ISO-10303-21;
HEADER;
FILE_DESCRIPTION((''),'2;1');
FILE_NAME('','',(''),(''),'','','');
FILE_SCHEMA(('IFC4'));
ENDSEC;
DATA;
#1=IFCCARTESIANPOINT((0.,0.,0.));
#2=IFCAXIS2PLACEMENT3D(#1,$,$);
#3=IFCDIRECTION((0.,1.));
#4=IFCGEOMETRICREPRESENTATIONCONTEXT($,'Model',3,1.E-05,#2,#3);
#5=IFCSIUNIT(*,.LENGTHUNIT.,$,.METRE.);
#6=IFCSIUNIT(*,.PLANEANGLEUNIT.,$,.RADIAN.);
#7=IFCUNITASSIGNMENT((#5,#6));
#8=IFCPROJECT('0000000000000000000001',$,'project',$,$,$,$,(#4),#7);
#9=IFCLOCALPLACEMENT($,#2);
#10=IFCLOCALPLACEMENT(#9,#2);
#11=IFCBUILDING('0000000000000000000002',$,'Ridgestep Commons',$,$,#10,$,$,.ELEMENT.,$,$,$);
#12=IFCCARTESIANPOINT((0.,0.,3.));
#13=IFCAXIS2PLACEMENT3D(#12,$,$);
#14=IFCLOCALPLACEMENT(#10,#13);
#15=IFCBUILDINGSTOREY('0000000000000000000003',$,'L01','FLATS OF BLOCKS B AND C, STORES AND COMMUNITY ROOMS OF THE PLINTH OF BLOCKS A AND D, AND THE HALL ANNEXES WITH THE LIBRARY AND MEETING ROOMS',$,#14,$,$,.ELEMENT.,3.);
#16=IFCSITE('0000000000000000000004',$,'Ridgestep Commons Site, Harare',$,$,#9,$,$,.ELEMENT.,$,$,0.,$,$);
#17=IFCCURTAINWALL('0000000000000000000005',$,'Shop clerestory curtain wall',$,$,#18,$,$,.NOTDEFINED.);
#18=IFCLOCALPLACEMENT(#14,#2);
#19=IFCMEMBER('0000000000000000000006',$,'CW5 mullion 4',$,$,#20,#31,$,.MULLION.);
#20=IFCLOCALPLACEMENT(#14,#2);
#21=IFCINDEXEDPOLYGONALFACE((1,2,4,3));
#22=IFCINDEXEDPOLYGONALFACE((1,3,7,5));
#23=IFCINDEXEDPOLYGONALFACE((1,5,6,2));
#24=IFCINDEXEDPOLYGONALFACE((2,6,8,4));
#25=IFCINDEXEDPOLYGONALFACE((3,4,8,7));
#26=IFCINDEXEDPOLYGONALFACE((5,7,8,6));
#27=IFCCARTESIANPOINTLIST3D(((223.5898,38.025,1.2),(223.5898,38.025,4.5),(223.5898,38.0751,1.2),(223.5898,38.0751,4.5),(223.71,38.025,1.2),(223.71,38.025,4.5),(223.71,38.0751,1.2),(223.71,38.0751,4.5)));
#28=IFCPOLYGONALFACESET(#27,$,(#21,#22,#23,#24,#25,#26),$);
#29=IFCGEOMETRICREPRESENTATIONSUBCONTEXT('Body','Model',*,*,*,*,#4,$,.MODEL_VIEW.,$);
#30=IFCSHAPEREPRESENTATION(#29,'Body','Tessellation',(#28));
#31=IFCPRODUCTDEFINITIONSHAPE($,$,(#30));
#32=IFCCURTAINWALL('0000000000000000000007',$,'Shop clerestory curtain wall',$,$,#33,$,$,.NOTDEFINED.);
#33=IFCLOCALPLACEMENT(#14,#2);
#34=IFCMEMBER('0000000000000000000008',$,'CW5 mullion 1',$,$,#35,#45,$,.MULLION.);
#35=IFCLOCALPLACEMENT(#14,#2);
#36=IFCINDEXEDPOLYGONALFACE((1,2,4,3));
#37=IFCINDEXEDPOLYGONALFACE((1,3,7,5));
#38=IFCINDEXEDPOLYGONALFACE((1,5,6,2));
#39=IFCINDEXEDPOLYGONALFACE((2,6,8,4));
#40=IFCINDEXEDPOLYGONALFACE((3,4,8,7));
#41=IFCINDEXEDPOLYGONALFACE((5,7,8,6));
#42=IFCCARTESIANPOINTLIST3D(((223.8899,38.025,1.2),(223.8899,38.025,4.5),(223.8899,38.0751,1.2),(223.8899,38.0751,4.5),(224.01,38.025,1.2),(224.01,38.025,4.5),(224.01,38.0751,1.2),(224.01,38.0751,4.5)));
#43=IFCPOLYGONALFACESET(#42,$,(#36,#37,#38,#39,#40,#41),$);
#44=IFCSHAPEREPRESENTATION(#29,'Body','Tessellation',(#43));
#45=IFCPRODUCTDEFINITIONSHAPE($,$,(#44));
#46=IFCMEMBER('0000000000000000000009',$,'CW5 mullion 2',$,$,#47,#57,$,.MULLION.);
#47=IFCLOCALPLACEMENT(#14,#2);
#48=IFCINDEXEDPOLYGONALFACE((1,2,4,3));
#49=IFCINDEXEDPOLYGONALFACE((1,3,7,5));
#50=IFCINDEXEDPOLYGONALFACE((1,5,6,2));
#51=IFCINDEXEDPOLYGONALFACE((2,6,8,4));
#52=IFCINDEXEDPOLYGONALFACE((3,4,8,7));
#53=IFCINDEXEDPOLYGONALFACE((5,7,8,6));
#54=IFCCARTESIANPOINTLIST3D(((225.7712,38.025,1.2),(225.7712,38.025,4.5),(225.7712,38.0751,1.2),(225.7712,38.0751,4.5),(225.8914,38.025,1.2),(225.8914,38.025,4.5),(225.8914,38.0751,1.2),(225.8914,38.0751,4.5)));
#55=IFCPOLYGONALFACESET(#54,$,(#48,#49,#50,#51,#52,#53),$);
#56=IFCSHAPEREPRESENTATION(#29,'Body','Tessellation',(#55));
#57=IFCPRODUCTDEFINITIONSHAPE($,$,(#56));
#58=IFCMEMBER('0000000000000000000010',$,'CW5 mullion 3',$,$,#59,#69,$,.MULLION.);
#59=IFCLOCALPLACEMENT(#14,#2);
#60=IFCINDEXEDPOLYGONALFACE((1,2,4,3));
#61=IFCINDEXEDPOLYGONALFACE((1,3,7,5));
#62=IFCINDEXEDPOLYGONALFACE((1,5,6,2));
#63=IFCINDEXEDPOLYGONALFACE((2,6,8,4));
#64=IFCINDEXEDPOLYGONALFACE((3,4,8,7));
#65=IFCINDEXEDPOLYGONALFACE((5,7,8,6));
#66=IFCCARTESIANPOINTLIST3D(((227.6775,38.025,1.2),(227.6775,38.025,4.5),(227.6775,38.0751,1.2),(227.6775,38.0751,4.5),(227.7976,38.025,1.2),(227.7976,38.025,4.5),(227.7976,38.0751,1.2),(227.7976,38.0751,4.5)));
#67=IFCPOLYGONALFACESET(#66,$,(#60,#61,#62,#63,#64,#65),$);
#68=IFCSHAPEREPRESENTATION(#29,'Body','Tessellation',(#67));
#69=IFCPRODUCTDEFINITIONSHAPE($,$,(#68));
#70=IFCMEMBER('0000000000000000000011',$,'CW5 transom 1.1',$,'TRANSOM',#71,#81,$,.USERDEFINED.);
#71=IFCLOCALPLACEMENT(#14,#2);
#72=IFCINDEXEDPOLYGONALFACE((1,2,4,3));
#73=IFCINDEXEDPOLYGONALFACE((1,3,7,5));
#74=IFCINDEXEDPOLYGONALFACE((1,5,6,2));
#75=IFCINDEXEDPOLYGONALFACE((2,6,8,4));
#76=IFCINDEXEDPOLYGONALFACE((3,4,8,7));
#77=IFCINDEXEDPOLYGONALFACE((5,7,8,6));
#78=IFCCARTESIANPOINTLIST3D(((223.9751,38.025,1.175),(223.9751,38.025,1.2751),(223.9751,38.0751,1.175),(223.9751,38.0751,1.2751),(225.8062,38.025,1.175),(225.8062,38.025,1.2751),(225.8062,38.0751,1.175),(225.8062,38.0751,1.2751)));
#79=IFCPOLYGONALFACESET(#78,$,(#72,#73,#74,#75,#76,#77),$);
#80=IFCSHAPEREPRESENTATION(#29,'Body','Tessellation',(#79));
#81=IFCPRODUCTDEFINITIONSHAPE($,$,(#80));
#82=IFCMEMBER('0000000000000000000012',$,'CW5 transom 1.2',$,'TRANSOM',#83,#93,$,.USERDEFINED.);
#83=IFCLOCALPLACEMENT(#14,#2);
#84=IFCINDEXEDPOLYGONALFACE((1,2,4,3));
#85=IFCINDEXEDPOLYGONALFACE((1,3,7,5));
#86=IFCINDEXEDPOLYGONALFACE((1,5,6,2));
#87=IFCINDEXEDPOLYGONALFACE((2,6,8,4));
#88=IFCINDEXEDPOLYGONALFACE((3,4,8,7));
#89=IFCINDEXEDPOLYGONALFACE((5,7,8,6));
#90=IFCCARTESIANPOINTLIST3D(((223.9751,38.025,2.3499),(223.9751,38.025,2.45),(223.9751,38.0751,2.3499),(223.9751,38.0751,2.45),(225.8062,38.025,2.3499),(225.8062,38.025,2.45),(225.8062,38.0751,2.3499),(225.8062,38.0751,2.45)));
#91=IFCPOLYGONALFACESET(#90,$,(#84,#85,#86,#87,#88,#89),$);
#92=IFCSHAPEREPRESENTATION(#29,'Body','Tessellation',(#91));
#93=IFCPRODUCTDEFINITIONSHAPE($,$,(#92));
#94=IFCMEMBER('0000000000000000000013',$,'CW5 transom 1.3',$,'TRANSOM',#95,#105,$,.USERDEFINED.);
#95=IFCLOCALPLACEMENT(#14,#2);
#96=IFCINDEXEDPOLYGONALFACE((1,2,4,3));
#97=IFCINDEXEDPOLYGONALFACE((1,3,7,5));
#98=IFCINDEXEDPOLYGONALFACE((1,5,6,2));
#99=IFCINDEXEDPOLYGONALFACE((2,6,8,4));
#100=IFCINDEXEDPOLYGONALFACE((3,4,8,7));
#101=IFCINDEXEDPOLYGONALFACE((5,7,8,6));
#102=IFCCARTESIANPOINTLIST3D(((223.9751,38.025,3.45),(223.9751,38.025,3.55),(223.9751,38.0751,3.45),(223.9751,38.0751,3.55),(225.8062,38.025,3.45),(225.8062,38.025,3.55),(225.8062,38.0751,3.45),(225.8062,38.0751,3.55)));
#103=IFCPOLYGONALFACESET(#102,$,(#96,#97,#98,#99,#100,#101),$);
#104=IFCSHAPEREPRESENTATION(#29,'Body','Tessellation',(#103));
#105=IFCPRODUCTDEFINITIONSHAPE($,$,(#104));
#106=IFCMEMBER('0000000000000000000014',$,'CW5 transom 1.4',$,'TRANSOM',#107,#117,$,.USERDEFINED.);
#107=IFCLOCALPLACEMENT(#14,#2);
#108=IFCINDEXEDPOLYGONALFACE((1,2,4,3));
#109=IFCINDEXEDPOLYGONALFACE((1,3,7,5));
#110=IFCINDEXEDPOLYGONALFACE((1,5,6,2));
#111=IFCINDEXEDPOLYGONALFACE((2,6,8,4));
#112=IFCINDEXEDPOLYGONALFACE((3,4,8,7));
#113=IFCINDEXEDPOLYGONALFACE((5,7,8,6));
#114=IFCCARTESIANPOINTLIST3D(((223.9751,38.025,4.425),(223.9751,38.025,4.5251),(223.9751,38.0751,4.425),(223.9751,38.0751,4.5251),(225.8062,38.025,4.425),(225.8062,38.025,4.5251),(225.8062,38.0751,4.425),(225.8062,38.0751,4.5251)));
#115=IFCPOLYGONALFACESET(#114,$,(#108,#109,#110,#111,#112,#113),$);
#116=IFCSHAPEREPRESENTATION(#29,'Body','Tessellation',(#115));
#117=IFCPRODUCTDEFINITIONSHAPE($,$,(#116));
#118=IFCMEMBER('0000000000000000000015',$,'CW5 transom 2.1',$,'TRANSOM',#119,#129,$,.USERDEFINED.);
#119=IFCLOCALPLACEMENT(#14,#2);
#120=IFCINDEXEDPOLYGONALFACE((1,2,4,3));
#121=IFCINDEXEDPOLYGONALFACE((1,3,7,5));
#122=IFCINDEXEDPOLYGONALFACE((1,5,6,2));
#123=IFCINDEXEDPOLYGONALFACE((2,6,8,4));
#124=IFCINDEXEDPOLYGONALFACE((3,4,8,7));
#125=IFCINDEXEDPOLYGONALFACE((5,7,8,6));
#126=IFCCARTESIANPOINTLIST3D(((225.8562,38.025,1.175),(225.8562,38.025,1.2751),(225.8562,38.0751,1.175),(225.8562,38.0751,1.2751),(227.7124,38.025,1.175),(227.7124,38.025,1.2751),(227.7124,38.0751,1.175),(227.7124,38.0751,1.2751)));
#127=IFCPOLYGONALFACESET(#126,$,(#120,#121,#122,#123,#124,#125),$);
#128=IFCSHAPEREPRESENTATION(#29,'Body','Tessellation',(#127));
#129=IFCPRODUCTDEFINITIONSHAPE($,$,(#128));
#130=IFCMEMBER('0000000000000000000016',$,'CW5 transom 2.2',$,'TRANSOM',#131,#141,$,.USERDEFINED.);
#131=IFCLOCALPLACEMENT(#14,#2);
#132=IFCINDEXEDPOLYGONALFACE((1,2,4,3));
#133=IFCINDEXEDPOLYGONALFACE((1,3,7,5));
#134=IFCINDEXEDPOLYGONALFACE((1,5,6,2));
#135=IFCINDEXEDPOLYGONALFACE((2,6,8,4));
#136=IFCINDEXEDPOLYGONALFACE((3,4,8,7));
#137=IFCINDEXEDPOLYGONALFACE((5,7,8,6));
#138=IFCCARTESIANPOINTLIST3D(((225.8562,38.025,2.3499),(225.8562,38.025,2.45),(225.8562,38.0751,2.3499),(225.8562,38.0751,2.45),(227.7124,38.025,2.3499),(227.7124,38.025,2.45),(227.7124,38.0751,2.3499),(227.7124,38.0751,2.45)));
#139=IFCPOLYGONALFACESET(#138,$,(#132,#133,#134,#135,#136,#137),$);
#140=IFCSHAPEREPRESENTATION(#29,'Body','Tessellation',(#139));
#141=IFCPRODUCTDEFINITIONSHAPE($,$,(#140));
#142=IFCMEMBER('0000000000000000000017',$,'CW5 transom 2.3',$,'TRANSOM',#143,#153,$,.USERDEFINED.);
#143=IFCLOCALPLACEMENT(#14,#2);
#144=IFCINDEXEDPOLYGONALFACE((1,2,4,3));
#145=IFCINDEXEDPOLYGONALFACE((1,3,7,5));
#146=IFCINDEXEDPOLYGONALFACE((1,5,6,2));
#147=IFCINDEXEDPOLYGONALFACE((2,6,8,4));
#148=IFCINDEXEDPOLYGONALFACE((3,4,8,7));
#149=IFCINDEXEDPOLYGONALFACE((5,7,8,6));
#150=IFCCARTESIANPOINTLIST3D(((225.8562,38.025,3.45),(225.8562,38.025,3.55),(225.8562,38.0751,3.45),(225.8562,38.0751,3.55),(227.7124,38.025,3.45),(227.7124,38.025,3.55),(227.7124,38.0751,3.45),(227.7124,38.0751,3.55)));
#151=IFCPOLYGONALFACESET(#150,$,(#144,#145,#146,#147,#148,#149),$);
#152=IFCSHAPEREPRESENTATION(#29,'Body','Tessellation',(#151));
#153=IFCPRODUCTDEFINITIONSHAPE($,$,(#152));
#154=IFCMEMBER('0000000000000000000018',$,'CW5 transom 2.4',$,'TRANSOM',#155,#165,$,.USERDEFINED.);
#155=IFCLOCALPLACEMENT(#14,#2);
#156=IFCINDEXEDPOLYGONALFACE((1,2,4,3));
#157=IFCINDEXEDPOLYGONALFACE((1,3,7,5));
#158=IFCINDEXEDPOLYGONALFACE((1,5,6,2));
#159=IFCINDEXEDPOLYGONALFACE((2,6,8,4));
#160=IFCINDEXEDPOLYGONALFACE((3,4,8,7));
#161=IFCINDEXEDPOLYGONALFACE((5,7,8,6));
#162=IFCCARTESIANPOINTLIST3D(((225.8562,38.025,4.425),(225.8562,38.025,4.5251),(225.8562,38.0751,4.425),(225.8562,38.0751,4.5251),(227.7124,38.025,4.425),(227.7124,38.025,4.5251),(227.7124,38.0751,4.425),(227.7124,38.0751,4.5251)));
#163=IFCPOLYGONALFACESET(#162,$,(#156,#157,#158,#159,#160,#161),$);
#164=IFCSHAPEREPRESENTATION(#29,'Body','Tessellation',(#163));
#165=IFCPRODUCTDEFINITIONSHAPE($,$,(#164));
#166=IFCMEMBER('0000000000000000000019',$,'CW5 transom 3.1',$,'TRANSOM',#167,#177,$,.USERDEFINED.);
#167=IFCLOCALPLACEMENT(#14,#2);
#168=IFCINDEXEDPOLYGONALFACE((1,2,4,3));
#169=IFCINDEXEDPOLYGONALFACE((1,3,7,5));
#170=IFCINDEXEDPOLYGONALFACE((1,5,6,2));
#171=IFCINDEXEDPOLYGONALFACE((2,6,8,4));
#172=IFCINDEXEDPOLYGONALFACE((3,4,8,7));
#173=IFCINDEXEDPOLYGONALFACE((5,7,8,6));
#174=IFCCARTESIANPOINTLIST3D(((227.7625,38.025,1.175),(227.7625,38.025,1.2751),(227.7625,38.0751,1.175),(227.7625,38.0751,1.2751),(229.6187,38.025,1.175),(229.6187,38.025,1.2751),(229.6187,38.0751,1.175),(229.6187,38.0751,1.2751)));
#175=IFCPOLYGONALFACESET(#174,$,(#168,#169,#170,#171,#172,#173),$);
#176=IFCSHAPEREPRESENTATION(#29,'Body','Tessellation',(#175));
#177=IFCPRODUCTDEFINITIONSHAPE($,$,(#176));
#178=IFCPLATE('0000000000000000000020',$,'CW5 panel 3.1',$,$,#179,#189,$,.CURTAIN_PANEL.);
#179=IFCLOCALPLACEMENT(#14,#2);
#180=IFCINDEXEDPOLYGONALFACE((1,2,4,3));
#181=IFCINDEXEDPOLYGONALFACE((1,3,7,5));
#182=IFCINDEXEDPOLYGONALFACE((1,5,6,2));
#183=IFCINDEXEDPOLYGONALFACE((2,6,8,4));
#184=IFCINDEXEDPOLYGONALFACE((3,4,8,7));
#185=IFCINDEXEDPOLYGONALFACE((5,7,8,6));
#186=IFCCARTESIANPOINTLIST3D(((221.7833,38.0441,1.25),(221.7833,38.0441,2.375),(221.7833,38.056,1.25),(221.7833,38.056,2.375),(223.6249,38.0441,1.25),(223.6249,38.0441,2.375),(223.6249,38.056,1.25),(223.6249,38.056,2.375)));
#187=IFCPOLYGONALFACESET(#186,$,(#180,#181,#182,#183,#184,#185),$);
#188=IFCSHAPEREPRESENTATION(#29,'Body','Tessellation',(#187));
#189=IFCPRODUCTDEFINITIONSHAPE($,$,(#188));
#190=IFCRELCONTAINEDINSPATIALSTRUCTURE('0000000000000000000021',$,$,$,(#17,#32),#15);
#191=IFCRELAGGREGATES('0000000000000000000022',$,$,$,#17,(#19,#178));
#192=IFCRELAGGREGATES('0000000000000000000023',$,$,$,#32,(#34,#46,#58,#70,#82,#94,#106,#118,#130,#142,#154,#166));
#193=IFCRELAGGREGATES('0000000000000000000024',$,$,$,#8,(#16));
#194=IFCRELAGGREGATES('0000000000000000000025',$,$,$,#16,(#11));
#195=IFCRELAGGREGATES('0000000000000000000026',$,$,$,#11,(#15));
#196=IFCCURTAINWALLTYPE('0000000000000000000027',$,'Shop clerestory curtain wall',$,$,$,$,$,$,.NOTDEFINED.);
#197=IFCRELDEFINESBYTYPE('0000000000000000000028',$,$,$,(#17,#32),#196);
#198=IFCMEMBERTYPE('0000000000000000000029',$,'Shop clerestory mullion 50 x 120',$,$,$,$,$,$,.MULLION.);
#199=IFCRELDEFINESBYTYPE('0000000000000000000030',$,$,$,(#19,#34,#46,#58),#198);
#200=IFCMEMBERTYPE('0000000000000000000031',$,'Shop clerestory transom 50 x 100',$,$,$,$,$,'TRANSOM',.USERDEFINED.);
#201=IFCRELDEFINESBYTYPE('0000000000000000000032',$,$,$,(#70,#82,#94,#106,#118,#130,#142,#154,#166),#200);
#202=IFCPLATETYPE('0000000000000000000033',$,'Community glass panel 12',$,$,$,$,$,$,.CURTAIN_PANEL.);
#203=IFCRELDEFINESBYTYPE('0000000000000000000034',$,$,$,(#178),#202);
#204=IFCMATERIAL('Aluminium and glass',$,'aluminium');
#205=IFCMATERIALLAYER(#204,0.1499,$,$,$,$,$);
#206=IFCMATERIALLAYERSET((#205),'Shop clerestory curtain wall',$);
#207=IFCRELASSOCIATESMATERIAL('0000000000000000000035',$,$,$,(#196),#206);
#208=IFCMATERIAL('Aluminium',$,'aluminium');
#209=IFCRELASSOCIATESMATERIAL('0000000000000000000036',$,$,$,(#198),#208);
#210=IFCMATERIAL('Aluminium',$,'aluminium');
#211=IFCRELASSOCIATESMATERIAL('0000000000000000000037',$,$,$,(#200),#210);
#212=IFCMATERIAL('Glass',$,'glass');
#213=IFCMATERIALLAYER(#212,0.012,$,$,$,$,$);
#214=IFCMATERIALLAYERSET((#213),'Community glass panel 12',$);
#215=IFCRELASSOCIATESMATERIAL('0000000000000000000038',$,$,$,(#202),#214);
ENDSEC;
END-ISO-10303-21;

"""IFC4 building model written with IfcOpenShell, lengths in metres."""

from ifc_helpers import new_model, si_unit, direction, frame, origin, origin_2d, place, context, subcontext, project, spatial, rectangle, extrude, material, layer, layer_set, material_profile, profile_set, type_object, element, aggregate, save


model = new_model("IFC4")

# Units and contexts
model_context = context("Model", 3, precision=1e-05, world=origin(), true_north=direction((0.0, 1.0)))
body_context = subcontext(model_context, "Body", "Model", "MODEL_VIEW")
ifc_project = project(units=[si_unit("LENGTHUNIT", "METRE"), si_unit("PLANEANGLEUNIT", "RADIAN")], contexts=[model_context])

# Site, building, storey
site_placement = place(None, origin())
site = spatial("IfcSite", under=ifc_project, at=site_placement, Name="Ridgestep Commons Site, Harare", CompositionType="ELEMENT", RefElevation=0.0)
building_placement = place(site_placement, origin())
building = spatial("IfcBuilding", under=site, at=building_placement, Name="Ridgestep Commons", CompositionType="ELEMENT")
storey_placement = place(building_placement, frame((0.0, 0.0, 3.0)))
storey = spatial("IfcBuildingStorey", under=building, at=storey_placement, Name="L01", Description="FLATS OF BLOCKS B AND C, STORES AND COMMUNITY ROOMS OF THE PLINTH OF BLOCKS A AND D, AND THE HALL ANNEXES WITH THE LIBRARY AND MEETING ROOMS", CompositionType="ELEMENT", Elevation=3.0)

# Curtain wall, member
ifc_material_1 = material(Name="Aluminium and glass", Category="aluminium")
ifc_layer_1 = layer(ifc_material_1, 0.1499)
ifc_layer_set_1 = layer_set([ifc_layer_1], Name="Shop clerestory curtain wall")
curtain_wall_type = type_object("IfcCurtainWallType", Name="Shop clerestory curtain wall", PredefinedType="NOTDEFINED", material=ifc_layer_set_1)
curtain_wall_1_placement = place(storey_placement, origin())
curtain_wall_1 = element("IfcCurtainWall", 1, at=curtain_wall_1_placement, inside=storey, type_object=curtain_wall_type, Name="Shop clerestory curtain wall", PredefinedType="NOTDEFINED")
ifc_material_2 = material(Name="Aluminium", Category="aluminium")
ifc_material_profile_1 = material_profile(ifc_material_2, rectangle(XDim=0.05, YDim=0.1201, at=origin_2d()), Name="Shop clerestory mullion 50 x 120")
ifc_profile_set_1 = profile_set([ifc_material_profile_1], Name="Aluminium")
member_type_1 = type_object("IfcMemberType", Name="Shop clerestory mullion 50 x 120", PredefinedType="MULLION", material=ifc_profile_set_1)
member_1_placement = place(storey_placement, frame((223.6499, 38.05, 1.2), z_axis=(0.0, 0.0, 1.0), x_axis=(0.0, 1.0, 0.0)))
member_1 = element("IfcMember", 2, at=member_1_placement, type_object=member_type_1, Name="CW5 mullion 4", PredefinedType="MULLION", context=body_context, shape_type="SweptSolid", body=[
    extrude(rectangle(XDim=0.05, YDim=0.1201, at=origin_2d()), origin(), (0.0, 0.0, 1.0), 3.3),
])

# Curtain wall, members
curtain_wall_2_placement = place(storey_placement, origin())
curtain_wall_2 = element("IfcCurtainWall", 3, at=curtain_wall_2_placement, inside=storey, type_object=curtain_wall_type, Name="Shop clerestory curtain wall", PredefinedType="NOTDEFINED")
member_2_placement = place(storey_placement, frame((223.95, 38.05, 1.2), z_axis=(0.0, 0.0, 1.0), x_axis=(0.0, 1.0, 0.0)))
member_2 = element("IfcMember", 4, at=member_2_placement, type_object=member_type_1, Name="CW5 mullion 1", PredefinedType="MULLION", context=body_context, shape_type="SweptSolid", body=[
    extrude(rectangle(XDim=0.05, YDim=0.1201, at=origin_2d()), origin(), (0.0, 0.0, 1.0), 3.3),
])
member_3_placement = place(storey_placement, frame((225.8313, 38.05, 1.2), z_axis=(0.0, 0.0, 1.0), x_axis=(0.0, 1.0, 0.0)))
member_3 = element("IfcMember", 5, at=member_3_placement, type_object=member_type_1, Name="CW5 mullion 2", PredefinedType="MULLION", context=body_context, shape_type="SweptSolid", body=[
    extrude(rectangle(XDim=0.05, YDim=0.1201, at=origin_2d()), origin(), (0.0, 0.0, 1.0), 3.3),
])
member_4_placement = place(storey_placement, frame((227.7375, 38.05, 1.2), z_axis=(0.0, 0.0, 1.0), x_axis=(0.0, 1.0, 0.0)))
member_4 = element("IfcMember", 6, at=member_4_placement, type_object=member_type_1, Name="CW5 mullion 3", PredefinedType="MULLION", context=body_context, shape_type="SweptSolid", body=[
    extrude(rectangle(XDim=0.05, YDim=0.1201, at=origin_2d()), origin(), (0.0, 0.0, 1.0), 3.3),
])
ifc_material_3 = material(Name="Aluminium", Category="aluminium")
ifc_material_profile_2 = material_profile(ifc_material_3, rectangle(XDim=0.05, YDim=0.1001, at=origin_2d()), Name="Shop clerestory transom 50 x 100")
ifc_profile_set_2 = profile_set([ifc_material_profile_2], Name="Aluminium")
member_type_2 = type_object("IfcMemberType", Name="Shop clerestory transom 50 x 100", ElementType="TRANSOM", PredefinedType="USERDEFINED", material=ifc_profile_set_2)
member_5_placement = place(storey_placement, frame((223.9751, 38.05, 1.2251), z_axis=(1.0, 0.0, 0.0), x_axis=(0.0, 1.0, 0.0)))
member_5 = element("IfcMember", 7, at=member_5_placement, type_object=member_type_2, Name="CW5 transom 1.1", ObjectType="TRANSOM", PredefinedType="USERDEFINED", context=body_context, shape_type="SweptSolid", body=[
    extrude(rectangle(XDim=0.05, YDim=0.1001, at=origin_2d()), origin(), (0.0, 0.0, 1.0), 1.8311),
])
member_6_placement = place(storey_placement, frame((223.9751, 38.05, 2.3999), z_axis=(1.0, 0.0, 0.0), x_axis=(0.0, 1.0, 0.0)))
member_6 = element("IfcMember", 8, at=member_6_placement, type_object=member_type_2, Name="CW5 transom 1.2", ObjectType="TRANSOM", PredefinedType="USERDEFINED", context=body_context, shape_type="SweptSolid", body=[
    extrude(rectangle(XDim=0.05, YDim=0.1001, at=origin_2d()), origin(), (0.0, 0.0, 1.0), 1.8311),
])
member_7_placement = place(storey_placement, frame((223.9751, 38.05, 3.5), z_axis=(1.0, 0.0, 0.0), x_axis=(0.0, 1.0, 0.0)))
member_7 = element("IfcMember", 9, at=member_7_placement, type_object=member_type_2, Name="CW5 transom 1.3", ObjectType="TRANSOM", PredefinedType="USERDEFINED", context=body_context, shape_type="SweptSolid", body=[
    extrude(rectangle(XDim=0.05, YDim=0.1001, at=origin_2d()), origin(), (0.0, 0.0, 1.0), 1.8311),
])
member_8_placement = place(storey_placement, frame((223.9751, 38.05, 4.4751), z_axis=(1.0, 0.0, 0.0), x_axis=(0.0, 1.0, 0.0)))
member_8 = element("IfcMember", 10, at=member_8_placement, type_object=member_type_2, Name="CW5 transom 1.4", ObjectType="TRANSOM", PredefinedType="USERDEFINED", context=body_context, shape_type="SweptSolid", body=[
    extrude(rectangle(XDim=0.05, YDim=0.1001, at=origin_2d()), origin(), (0.0, 0.0, 1.0), 1.8311),
])
member_9_placement = place(storey_placement, frame((225.8562, 38.05, 1.2251), z_axis=(1.0, 0.0, 0.0), x_axis=(0.0, 1.0, 0.0)))
member_9 = element("IfcMember", 11, at=member_9_placement, type_object=member_type_2, Name="CW5 transom 2.1", ObjectType="TRANSOM", PredefinedType="USERDEFINED", context=body_context, shape_type="SweptSolid", body=[
    extrude(rectangle(XDim=0.05, YDim=0.1001, at=origin_2d()), origin(), (0.0, 0.0, 1.0), 1.8562),
])
member_10_placement = place(storey_placement, frame((225.8562, 38.05, 2.3999), z_axis=(1.0, 0.0, 0.0), x_axis=(0.0, 1.0, 0.0)))
member_10 = element("IfcMember", 12, at=member_10_placement, type_object=member_type_2, Name="CW5 transom 2.2", ObjectType="TRANSOM", PredefinedType="USERDEFINED", context=body_context, shape_type="SweptSolid", body=[
    extrude(rectangle(XDim=0.05, YDim=0.1001, at=origin_2d()), origin(), (0.0, 0.0, 1.0), 1.8562),
])
member_11_placement = place(storey_placement, frame((225.8562, 38.05, 3.5), z_axis=(1.0, 0.0, 0.0), x_axis=(0.0, 1.0, 0.0)))
member_11 = element("IfcMember", 13, at=member_11_placement, type_object=member_type_2, Name="CW5 transom 2.3", ObjectType="TRANSOM", PredefinedType="USERDEFINED", context=body_context, shape_type="SweptSolid", body=[
    extrude(rectangle(XDim=0.05, YDim=0.1001, at=origin_2d()), origin(), (0.0, 0.0, 1.0), 1.8562),
])
member_12_placement = place(storey_placement, frame((225.8562, 38.05, 4.4751), z_axis=(1.0, 0.0, 0.0), x_axis=(0.0, 1.0, 0.0)))
member_12 = element("IfcMember", 14, at=member_12_placement, type_object=member_type_2, Name="CW5 transom 2.4", ObjectType="TRANSOM", PredefinedType="USERDEFINED", context=body_context, shape_type="SweptSolid", body=[
    extrude(rectangle(XDim=0.05, YDim=0.1001, at=origin_2d()), origin(), (0.0, 0.0, 1.0), 1.8562),
])
member_13_placement = place(storey_placement, frame((227.7625, 38.05, 1.2251), z_axis=(1.0, 0.0, 0.0), x_axis=(0.0, 1.0, 0.0)))
member_13 = element("IfcMember", 15, at=member_13_placement, type_object=member_type_2, Name="CW5 transom 3.1", ObjectType="TRANSOM", PredefinedType="USERDEFINED", context=body_context, shape_type="SweptSolid", body=[
    extrude(rectangle(XDim=0.05, YDim=0.1001, at=origin_2d()), origin(), (0.0, 0.0, 1.0), 1.8562),
])

# Plate
ifc_material_4 = material(Name="Glass", Category="glass")
ifc_layer_2 = layer(ifc_material_4, 0.012)
ifc_layer_set_2 = layer_set([ifc_layer_2], Name="Community glass panel 12")
plate_type = type_object("IfcPlateType", Name="Community glass panel 12", PredefinedType="CURTAIN_PANEL", material=ifc_layer_set_2)
plate_1_placement = place(storey_placement, frame((222.7041, 38.05, 1.25), z_axis=(0.0, 0.0, 1.0), x_axis=(1.0, 0.0, 0.0)))
plate_1 = element("IfcPlate", 16, at=plate_1_placement, type_object=plate_type, Name="CW5 panel 3.1", PredefinedType="CURTAIN_PANEL", context=body_context, shape_type="SweptSolid", body=[
    extrude(rectangle(XDim=1.8416, YDim=0.012, at=origin_2d()), origin(), (0.0, 0.0, 1.0), 1.125),
])
aggregate(curtain_wall_1, [member_1, plate_1])
aggregate(curtain_wall_2, [member_2, member_3, member_4, member_5, member_6, member_7, member_8, member_9, member_10, member_11, member_12, member_13])

save(model, "model.ifc")
